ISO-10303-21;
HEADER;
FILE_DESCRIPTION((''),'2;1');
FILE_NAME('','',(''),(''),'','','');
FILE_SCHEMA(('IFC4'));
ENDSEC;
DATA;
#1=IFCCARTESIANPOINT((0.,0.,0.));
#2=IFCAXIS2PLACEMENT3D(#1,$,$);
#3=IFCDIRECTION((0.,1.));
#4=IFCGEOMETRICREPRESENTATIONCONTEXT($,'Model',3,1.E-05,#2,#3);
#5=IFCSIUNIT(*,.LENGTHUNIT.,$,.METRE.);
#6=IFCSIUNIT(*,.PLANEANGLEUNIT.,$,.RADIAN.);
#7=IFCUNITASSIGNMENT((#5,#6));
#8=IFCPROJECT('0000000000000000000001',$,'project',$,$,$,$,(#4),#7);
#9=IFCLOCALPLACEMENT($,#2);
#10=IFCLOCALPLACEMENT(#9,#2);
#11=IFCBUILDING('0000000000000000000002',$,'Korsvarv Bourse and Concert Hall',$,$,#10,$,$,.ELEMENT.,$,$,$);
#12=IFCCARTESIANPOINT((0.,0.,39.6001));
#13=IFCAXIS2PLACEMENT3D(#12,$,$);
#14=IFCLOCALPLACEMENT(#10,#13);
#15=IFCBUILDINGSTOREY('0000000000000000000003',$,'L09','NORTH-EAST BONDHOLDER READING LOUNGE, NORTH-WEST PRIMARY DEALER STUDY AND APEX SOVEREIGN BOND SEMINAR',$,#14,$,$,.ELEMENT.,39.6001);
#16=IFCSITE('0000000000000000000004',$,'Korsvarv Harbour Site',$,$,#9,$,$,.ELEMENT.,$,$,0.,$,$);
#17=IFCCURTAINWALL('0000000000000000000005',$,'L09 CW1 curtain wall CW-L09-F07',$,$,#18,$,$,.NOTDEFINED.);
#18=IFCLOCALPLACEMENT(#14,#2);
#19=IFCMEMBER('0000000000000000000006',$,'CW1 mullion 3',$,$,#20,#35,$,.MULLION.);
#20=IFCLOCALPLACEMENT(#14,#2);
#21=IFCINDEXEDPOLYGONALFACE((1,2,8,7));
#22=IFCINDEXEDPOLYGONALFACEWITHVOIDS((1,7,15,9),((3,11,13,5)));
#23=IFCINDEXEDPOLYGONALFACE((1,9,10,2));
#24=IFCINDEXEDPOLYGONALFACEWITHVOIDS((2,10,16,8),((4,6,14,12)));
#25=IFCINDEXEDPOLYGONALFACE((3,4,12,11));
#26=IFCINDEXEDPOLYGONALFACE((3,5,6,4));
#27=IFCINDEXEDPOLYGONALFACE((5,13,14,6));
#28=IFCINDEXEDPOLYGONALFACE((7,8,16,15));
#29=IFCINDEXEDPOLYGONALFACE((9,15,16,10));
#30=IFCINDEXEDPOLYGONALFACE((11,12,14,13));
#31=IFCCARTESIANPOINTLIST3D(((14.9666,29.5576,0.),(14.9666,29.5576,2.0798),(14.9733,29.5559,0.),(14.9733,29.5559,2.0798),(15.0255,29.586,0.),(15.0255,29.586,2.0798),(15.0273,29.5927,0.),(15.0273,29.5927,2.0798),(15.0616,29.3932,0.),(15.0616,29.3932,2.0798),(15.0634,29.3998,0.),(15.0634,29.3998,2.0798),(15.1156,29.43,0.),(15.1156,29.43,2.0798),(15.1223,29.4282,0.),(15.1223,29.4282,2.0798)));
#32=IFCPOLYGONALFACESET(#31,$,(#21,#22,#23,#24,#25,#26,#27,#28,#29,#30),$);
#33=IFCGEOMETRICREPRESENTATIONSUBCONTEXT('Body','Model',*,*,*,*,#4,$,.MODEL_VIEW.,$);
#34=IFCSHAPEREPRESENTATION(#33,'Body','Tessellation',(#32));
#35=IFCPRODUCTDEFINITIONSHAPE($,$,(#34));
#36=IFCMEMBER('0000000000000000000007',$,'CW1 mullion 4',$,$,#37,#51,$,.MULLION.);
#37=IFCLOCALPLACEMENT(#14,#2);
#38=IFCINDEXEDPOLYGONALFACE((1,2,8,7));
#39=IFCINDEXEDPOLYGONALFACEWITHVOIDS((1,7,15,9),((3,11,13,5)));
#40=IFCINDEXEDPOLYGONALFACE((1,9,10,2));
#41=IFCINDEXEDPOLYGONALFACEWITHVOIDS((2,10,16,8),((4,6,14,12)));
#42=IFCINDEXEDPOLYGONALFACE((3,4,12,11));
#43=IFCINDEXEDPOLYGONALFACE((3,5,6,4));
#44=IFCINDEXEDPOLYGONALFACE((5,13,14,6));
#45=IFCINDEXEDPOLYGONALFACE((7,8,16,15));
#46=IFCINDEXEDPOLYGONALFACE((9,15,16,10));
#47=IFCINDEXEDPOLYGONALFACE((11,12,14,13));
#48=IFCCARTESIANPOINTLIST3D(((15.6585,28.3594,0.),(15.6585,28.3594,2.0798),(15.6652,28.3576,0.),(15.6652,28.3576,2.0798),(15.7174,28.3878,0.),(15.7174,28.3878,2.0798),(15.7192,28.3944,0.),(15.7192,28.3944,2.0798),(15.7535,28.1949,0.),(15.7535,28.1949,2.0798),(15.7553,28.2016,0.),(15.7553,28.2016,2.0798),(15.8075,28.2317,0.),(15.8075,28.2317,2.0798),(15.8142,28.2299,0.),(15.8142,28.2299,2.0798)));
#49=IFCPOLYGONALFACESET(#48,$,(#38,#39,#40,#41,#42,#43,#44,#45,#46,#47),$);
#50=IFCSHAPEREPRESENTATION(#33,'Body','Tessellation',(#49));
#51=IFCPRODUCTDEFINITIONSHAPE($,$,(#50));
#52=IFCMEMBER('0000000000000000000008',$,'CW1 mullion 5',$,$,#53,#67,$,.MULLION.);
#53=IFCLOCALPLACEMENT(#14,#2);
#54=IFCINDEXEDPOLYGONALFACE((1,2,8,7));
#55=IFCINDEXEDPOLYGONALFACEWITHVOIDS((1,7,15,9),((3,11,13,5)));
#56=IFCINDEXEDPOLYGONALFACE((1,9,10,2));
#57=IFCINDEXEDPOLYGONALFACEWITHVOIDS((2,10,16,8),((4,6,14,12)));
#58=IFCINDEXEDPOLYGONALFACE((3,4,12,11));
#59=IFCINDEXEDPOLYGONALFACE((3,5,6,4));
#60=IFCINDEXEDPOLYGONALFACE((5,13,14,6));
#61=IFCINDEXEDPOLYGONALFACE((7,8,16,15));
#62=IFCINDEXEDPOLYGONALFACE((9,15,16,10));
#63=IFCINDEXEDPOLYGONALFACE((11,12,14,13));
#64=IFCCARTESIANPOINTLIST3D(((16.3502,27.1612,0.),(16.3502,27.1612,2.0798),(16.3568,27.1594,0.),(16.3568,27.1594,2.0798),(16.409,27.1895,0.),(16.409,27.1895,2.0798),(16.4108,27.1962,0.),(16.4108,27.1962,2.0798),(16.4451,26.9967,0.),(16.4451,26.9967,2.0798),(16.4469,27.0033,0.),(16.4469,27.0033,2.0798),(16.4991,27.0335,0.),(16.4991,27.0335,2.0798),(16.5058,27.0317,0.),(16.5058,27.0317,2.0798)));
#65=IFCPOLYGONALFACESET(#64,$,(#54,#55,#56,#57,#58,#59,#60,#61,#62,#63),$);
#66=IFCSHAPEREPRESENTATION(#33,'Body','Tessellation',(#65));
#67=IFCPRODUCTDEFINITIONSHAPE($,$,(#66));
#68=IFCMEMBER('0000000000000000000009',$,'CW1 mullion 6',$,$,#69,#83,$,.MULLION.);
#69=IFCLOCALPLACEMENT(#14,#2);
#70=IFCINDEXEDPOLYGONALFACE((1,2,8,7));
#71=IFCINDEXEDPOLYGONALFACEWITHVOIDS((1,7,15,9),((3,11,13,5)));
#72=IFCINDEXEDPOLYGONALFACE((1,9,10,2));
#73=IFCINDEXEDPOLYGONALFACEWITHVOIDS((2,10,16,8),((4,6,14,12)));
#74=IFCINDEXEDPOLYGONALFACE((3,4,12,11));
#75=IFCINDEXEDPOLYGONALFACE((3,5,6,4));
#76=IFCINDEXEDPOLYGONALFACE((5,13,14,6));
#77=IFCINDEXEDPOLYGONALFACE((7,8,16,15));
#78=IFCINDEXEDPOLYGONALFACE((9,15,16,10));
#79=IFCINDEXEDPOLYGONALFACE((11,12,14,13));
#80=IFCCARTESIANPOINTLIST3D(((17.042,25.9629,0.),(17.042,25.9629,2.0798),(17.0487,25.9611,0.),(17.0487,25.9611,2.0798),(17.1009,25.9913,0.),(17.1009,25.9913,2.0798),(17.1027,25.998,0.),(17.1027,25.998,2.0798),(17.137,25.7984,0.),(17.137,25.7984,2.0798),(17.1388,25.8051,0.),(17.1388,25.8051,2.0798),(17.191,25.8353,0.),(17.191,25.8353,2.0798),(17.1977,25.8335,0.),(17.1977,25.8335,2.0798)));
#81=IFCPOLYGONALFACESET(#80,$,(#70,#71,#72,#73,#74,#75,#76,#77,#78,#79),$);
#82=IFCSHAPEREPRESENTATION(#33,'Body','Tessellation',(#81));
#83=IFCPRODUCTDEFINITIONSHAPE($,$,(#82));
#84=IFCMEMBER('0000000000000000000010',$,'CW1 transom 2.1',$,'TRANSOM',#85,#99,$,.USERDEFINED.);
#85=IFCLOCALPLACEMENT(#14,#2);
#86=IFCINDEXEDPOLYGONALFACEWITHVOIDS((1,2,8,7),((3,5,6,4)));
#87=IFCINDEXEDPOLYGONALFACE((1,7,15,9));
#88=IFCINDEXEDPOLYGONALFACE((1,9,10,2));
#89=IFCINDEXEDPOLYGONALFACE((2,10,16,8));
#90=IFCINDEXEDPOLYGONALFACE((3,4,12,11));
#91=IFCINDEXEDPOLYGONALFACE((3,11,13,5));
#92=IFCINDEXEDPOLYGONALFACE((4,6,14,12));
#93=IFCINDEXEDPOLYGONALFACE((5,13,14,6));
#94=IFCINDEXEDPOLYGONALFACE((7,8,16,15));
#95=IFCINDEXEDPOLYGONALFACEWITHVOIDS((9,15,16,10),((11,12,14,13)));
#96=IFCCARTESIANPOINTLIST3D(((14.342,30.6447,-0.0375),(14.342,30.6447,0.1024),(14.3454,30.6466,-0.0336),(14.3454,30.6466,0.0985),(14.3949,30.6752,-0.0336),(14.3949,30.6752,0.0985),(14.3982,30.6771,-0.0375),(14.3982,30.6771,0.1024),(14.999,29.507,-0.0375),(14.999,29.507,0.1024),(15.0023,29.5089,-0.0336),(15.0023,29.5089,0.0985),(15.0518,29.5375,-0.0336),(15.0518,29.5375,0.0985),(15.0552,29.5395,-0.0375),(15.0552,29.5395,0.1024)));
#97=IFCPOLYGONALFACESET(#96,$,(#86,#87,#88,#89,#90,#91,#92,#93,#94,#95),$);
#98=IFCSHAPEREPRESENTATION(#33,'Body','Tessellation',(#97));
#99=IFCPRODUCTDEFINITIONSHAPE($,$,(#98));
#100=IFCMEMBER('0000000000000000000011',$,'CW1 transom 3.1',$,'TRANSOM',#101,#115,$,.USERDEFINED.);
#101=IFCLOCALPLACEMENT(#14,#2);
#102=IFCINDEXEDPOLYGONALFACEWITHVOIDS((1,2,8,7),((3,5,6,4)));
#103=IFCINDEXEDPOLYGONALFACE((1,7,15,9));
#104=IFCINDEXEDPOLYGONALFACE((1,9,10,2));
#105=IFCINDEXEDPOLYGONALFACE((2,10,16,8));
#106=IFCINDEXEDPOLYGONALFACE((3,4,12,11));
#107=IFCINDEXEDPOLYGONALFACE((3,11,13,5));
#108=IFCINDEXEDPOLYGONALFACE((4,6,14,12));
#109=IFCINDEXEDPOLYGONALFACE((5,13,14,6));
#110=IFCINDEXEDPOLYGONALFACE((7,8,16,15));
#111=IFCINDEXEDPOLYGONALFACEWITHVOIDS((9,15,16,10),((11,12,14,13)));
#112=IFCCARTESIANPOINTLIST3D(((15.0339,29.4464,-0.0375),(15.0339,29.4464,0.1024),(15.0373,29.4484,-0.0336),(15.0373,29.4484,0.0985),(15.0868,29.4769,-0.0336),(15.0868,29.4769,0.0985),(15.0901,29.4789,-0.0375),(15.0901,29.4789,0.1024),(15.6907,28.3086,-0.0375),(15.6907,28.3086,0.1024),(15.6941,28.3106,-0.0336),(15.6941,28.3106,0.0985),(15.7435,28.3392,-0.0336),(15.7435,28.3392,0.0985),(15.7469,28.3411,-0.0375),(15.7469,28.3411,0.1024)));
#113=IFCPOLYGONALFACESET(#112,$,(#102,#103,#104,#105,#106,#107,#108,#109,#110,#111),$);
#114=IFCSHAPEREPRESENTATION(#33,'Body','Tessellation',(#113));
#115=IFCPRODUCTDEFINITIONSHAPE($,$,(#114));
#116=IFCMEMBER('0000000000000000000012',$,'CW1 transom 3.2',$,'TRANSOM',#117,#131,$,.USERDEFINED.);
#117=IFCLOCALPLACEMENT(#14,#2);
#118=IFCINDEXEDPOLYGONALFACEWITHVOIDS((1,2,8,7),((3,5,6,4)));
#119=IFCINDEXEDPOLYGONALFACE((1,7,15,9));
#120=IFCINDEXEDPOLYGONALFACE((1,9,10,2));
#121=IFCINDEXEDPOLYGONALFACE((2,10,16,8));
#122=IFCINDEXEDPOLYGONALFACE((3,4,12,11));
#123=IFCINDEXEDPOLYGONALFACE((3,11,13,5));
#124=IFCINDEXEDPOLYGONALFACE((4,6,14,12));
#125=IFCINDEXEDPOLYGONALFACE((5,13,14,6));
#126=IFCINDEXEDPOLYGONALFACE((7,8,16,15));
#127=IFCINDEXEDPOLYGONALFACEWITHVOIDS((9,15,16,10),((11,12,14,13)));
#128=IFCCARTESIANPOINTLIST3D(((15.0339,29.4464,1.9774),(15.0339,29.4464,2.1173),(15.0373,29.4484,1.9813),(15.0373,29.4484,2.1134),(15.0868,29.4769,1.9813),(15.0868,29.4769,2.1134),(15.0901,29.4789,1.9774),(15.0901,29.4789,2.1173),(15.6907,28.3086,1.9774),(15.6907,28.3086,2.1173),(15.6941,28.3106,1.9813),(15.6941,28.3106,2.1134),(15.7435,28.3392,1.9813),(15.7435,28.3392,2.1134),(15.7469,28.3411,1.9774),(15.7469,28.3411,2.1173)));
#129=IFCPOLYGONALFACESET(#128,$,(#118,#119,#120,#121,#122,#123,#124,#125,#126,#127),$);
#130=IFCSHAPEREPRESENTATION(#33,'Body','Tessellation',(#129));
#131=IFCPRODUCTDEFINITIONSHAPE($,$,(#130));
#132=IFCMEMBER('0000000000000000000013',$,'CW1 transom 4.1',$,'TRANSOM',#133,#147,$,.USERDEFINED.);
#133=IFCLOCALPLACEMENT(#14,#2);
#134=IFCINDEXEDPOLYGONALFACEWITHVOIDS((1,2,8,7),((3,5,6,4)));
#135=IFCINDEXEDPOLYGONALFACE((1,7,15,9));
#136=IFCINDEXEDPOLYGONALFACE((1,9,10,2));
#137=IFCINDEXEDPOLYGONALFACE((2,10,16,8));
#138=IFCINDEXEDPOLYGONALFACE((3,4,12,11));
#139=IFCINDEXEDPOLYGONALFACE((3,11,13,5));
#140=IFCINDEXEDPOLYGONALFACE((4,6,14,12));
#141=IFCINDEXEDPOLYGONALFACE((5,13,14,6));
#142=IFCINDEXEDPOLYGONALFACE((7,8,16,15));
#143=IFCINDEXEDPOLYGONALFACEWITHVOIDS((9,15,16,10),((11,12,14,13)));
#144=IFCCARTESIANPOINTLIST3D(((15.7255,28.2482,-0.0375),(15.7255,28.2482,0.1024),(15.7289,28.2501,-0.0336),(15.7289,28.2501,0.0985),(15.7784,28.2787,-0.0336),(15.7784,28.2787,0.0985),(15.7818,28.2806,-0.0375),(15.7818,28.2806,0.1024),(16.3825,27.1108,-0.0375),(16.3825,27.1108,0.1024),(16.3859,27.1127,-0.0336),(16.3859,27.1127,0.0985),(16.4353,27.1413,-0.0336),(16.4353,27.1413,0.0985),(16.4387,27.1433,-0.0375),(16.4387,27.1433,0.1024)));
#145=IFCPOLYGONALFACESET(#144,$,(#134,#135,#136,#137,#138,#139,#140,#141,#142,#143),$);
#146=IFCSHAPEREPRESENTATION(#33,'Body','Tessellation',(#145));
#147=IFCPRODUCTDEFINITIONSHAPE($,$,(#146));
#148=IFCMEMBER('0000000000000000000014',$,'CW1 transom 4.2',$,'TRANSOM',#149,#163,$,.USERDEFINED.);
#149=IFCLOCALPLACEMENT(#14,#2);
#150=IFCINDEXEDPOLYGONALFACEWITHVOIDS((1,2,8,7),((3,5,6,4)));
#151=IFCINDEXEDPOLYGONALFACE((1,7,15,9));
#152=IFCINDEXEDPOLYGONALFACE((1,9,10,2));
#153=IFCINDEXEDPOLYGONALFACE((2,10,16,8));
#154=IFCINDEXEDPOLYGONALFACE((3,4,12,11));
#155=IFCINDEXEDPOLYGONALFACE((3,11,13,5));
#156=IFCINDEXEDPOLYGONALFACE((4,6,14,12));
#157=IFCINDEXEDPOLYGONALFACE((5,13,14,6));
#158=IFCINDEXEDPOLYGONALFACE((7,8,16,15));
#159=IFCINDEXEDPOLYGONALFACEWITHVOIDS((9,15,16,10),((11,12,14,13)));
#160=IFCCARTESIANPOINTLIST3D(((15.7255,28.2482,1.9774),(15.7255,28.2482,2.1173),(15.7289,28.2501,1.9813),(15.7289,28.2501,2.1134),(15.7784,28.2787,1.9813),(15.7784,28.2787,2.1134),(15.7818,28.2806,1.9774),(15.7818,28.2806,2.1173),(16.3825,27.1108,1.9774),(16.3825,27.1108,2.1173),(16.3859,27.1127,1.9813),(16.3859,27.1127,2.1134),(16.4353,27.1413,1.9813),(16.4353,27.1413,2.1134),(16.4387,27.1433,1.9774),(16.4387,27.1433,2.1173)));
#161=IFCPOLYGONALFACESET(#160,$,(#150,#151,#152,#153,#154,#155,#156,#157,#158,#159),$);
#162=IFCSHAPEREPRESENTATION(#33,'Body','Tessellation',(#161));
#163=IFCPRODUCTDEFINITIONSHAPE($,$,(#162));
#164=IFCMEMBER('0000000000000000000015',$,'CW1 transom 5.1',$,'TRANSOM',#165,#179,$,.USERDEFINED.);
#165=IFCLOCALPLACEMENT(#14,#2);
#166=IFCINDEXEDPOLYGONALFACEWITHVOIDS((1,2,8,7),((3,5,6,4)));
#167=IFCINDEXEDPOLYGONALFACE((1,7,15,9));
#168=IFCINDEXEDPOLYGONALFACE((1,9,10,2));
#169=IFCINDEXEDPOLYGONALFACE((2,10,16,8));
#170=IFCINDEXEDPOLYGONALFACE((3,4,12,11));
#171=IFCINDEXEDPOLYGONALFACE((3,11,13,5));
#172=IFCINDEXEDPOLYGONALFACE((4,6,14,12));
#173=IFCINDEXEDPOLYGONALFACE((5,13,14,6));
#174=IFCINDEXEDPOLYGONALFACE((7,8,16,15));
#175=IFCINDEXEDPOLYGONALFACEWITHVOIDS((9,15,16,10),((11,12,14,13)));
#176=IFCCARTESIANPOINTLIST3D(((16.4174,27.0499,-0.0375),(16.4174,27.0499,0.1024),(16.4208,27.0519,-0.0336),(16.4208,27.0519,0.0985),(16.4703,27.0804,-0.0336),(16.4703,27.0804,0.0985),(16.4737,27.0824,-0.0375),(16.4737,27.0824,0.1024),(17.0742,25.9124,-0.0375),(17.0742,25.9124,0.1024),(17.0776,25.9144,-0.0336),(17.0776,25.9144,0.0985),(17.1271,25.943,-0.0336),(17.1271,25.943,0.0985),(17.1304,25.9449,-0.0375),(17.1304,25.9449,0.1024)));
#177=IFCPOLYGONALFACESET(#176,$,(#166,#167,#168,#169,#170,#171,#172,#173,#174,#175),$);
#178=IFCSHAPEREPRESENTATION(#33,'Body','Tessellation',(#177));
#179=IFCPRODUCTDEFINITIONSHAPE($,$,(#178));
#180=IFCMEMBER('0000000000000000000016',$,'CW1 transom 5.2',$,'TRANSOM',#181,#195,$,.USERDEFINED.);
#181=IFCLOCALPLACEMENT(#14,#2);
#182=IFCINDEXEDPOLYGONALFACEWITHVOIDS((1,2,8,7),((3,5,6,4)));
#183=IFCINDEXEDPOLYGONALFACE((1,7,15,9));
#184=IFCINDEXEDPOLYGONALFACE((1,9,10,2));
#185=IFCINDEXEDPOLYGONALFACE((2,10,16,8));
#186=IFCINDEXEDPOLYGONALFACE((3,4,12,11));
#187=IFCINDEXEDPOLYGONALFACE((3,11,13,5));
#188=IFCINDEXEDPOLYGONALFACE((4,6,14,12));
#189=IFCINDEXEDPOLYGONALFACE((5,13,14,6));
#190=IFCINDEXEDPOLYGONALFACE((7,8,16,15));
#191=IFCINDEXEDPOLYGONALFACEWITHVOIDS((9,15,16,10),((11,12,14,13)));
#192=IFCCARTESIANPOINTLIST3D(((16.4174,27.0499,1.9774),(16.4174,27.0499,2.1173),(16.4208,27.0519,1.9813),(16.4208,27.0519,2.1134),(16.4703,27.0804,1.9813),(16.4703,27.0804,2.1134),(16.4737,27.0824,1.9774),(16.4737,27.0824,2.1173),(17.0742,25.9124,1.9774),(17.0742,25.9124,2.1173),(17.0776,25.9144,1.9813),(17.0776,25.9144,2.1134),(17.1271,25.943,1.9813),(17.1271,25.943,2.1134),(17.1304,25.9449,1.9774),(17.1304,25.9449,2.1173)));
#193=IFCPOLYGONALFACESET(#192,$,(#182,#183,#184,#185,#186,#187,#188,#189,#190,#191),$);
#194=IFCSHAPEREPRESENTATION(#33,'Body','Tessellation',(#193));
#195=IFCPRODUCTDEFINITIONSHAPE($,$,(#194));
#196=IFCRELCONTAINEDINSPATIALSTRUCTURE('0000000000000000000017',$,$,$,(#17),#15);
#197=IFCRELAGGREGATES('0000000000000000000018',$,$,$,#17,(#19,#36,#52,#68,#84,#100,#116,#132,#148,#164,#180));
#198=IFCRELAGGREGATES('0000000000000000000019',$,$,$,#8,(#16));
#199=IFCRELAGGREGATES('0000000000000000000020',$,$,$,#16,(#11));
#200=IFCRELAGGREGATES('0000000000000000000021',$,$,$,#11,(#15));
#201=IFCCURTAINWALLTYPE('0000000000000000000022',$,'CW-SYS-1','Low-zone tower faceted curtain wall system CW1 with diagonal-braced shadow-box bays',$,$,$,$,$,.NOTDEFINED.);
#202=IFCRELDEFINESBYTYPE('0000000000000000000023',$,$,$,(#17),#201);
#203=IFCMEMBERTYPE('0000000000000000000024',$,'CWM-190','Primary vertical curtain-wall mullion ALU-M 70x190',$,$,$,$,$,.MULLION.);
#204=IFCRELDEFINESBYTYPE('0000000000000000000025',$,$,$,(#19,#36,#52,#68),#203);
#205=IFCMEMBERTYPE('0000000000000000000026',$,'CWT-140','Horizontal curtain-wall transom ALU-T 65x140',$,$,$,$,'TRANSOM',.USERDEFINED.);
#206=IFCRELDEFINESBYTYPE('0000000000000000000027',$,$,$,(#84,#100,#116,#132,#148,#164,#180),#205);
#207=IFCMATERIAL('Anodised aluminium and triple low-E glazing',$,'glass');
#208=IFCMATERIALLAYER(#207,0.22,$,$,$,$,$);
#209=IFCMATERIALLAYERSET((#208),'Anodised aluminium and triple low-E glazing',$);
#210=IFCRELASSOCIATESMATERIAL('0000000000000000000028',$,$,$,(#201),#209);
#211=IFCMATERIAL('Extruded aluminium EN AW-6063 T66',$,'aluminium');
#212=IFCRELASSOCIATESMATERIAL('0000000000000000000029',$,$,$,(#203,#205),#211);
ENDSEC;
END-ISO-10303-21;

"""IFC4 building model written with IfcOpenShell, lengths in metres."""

from ifc_helpers import new_model, si_unit, direction, frame, origin, origin_2d, place, context, subcontext, project, spatial, hollow_rectangle, extrude, source, transform, mapped, material, layer, layer_set, material_profile, profile_set, type_object, element, aggregate, save


model = new_model("IFC4")

# Units and contexts
model_context = context("Model", 3, precision=1e-05, world=origin(), true_north=direction((0.0, 1.0)))
body_context = subcontext(model_context, "Body", "Model", "MODEL_VIEW")
ifc_project = project(units=[si_unit("LENGTHUNIT", "METRE"), si_unit("PLANEANGLEUNIT", "RADIAN")], contexts=[model_context])

# Site, building, storey
site_placement = place(None, origin())
site = spatial("IfcSite", under=ifc_project, at=site_placement, Name="Korsvarv Harbour Site", CompositionType="ELEMENT", RefElevation=0.0)
building_placement = place(site_placement, origin())
building = spatial("IfcBuilding", under=site, at=building_placement, Name="Korsvarv Bourse and Concert Hall", CompositionType="ELEMENT")
storey_placement = place(building_placement, frame((0.0, 0.0, 39.6001)))
storey = spatial("IfcBuildingStorey", under=building, at=storey_placement, Name="L09", Description="NORTH-EAST BONDHOLDER READING LOUNGE, NORTH-WEST PRIMARY DEALER STUDY AND APEX SOVEREIGN BOND SEMINAR", CompositionType="ELEMENT", Elevation=39.6001)

# Curtain wall, members
ifc_material_1 = material(Name="Anodised aluminium and triple low-E glazing", Category="glass")
ifc_layer_1 = layer(ifc_material_1, 0.22)
ifc_layer_set_1 = layer_set([ifc_layer_1], Name="Anodised aluminium and triple low-E glazing")
curtain_wall_type = type_object("IfcCurtainWallType", Name="CW-SYS-1", Description="Low-zone tower faceted curtain wall system CW1 with diagonal-braced shadow-box bays", PredefinedType="NOTDEFINED", material=ifc_layer_set_1)
curtain_wall_placement = place(storey_placement, origin())
curtain_wall = element("IfcCurtainWall", 1, at=curtain_wall_placement, inside=storey, type_object=curtain_wall_type, Name="L09 CW1 curtain wall CW-L09-F07", PredefinedType="NOTDEFINED")
ifc_material_2 = material(Name="Extruded aluminium EN AW-6063 T66", Category="aluminium")
ifc_material_profile_1 = material_profile(ifc_material_2, hollow_rectangle(XDim=0.0701, YDim=0.1899, WallThickness=0.0049, at=origin_2d()), Name="ALU-M 70x190")
ifc_profile_set_1 = profile_set([ifc_material_profile_1], Name="Extruded aluminium EN AW-6063 T66")
member_type_1 = type_object("IfcMemberType", Name="CWM-190", Description="Primary vertical curtain-wall mullion ALU-M 70x190", PredefinedType="MULLION", material=ifc_profile_set_1)
shared_shape_1 = source(origin(), body_context, "Body", "SweptSolid", [
    extrude(hollow_rectangle(XDim=0.0701, YDim=0.1899, WallThickness=0.0049, at=origin_2d()), origin(), (0.0, 0.0, 1.0), 2.0798),
])
member_1_placement = place(storey_placement, frame((15.0444, 29.4929, 0.0), z_axis=(0.0, 0.0, 1.0), x_axis=(0.866026, 0.5, 0.0)))
member_1 = element("IfcMember", 2, at=member_1_placement, type_object=member_type_1, Name="CW1 mullion 3", PredefinedType="MULLION", context=body_context, shape_type="MappedRepresentation", body=[
    mapped(shared_shape_1, transform((0.0, 0.0, 0.0), scale=1.0)),
])
member_2_placement = place(storey_placement, frame((15.7363, 28.2947, 0.0), z_axis=(0.0, 0.0, 1.0), x_axis=(0.866026, 0.5, 0.0)))
member_2 = element("IfcMember", 3, at=member_2_placement, type_object=member_type_1, Name="CW1 mullion 4", PredefinedType="MULLION", context=body_context, shape_type="MappedRepresentation", body=[
    mapped(shared_shape_1, transform((0.0, 0.0, 0.0), scale=1.0)),
])
member_3_placement = place(storey_placement, frame((16.428, 27.0964, 0.0), z_axis=(0.0, 0.0, 1.0), x_axis=(0.866026, 0.5, 0.0)))
member_3 = element("IfcMember", 4, at=member_3_placement, type_object=member_type_1, Name="CW1 mullion 5", PredefinedType="MULLION", context=body_context, shape_type="MappedRepresentation", body=[
    mapped(shared_shape_1, transform((0.0, 0.0, 0.0), scale=1.0)),
])
member_4_placement = place(storey_placement, frame((17.1199, 25.8982, 0.0), z_axis=(0.0, 0.0, 1.0), x_axis=(0.866026, 0.5, 0.0)))
member_4 = element("IfcMember", 5, at=member_4_placement, type_object=member_type_1, Name="CW1 mullion 6", PredefinedType="MULLION", context=body_context, shape_type="MappedRepresentation", body=[
    mapped(shared_shape_1, transform((0.0, 0.0, 0.0), scale=1.0)),
])
ifc_material_profile_2 = material_profile(ifc_material_2, hollow_rectangle(XDim=0.0649, YDim=0.1399, WallThickness=0.0039, at=origin_2d()), Name="ALU-T 65x140")
ifc_profile_set_2 = profile_set([ifc_material_profile_2], Name="Extruded aluminium EN AW-6063 T66")
member_type_2 = type_object("IfcMemberType", Name="CWT-140", Description="Horizontal curtain-wall transom ALU-T 65x140", ElementType="TRANSOM", PredefinedType="USERDEFINED", material=ifc_profile_set_2)
shared_shape_2 = source(origin(), body_context, "Body", "SweptSolid", [
    extrude(hollow_rectangle(XDim=0.0649, YDim=0.1399, WallThickness=0.0039, at=origin_2d()), origin(), (0.0, 0.0, 1.0), 1.3137),
])
member_5_placement = place(storey_placement, frame((14.3701, 30.6609, 0.0325), z_axis=(0.500076, -0.865981, 0.0), x_axis=(0.865981, 0.500076, 0.0)))
member_5 = element("IfcMember", 6, at=member_5_placement, type_object=member_type_2, Name="CW1 transom 2.1", ObjectType="TRANSOM", PredefinedType="USERDEFINED", context=body_context, shape_type="MappedRepresentation", body=[
    mapped(shared_shape_2, transform((0.0, 0.0, 0.0), scale=1.0)),
])
member_6_placement = place(storey_placement, frame((15.062, 29.4626, 0.0325), z_axis=(0.499937, -0.866062, 0.0), x_axis=(0.866062, 0.499937, 0.0)))
member_6 = element("IfcMember", 7, at=member_6_placement, type_object=member_type_2, Name="CW1 transom 3.1", ObjectType="TRANSOM", PredefinedType="USERDEFINED", context=body_context, shape_type="MappedRepresentation", body=[
    mapped(shared_shape_2, transform((0.0, 0.0, 0.0), scale=1.0)),
])
member_7_placement = place(storey_placement, frame((15.062, 29.4626, 2.0474), z_axis=(0.499937, -0.866062, 0.0), x_axis=(0.866062, 0.499937, 0.0)))
member_7 = element("IfcMember", 8, at=member_7_placement, type_object=member_type_2, Name="CW1 transom 3.2", ObjectType="TRANSOM", PredefinedType="USERDEFINED", context=body_context, shape_type="MappedRepresentation", body=[
    mapped(shared_shape_2, transform((0.0, 0.0, 0.0), scale=1.0)),
])
shared_shape_3 = source(origin(), body_context, "Body", "SweptSolid", [
    extrude(hollow_rectangle(XDim=0.0649, YDim=0.1399, WallThickness=0.0039, at=origin_2d()), origin(), (0.0, 0.0, 1.0), 1.3135),
])
member_8_placement = place(storey_placement, frame((15.7537, 28.2644, 0.0325), z_axis=(0.500157, -0.865935, 0.0), x_axis=(0.865935, 0.500157, 0.0)))
member_8 = element("IfcMember", 9, at=member_8_placement, type_object=member_type_2, Name="CW1 transom 4.1", ObjectType="TRANSOM", PredefinedType="USERDEFINED", context=body_context, shape_type="MappedRepresentation", body=[
    mapped(shared_shape_3, transform((0.0, 0.0, 0.0), scale=1.0)),
])
member_9_placement = place(storey_placement, frame((15.7537, 28.2644, 2.0474), z_axis=(0.500157, -0.865935, 0.0), x_axis=(0.865935, 0.500157, 0.0)))
member_9 = element("IfcMember", 10, at=member_9_placement, type_object=member_type_2, Name="CW1 transom 4.2", ObjectType="TRANSOM", PredefinedType="USERDEFINED", context=body_context, shape_type="MappedRepresentation", body=[
    mapped(shared_shape_3, transform((0.0, 0.0, 0.0), scale=1.0)),
])
member_10_placement = place(storey_placement, frame((16.4456, 27.0662, 0.0325), z_axis=(0.500017, -0.866015, 0.0), x_axis=(0.866015, 0.500017, 0.0)))
member_10 = element("IfcMember", 11, at=member_10_placement, type_object=member_type_2, Name="CW1 transom 5.1", ObjectType="TRANSOM", PredefinedType="USERDEFINED", context=body_context, shape_type="MappedRepresentation", body=[
    mapped(shared_shape_3, transform((0.0, 0.0, 0.0), scale=1.0)),
])
member_11_placement = place(storey_placement, frame((16.4456, 27.0662, 2.0474), z_axis=(0.500017, -0.866015, 0.0), x_axis=(0.866015, 0.500017, 0.0)))
member_11 = element("IfcMember", 12, at=member_11_placement, type_object=member_type_2, Name="CW1 transom 5.2", ObjectType="TRANSOM", PredefinedType="USERDEFINED", context=body_context, shape_type="MappedRepresentation", body=[
    mapped(shared_shape_3, transform((0.0, 0.0, 0.0), scale=1.0)),
])
aggregate(curtain_wall, [member_1, member_2, member_3, member_4, member_5, member_6, member_7, member_8, member_9, member_10, member_11])

save(model, "model.ifc")
